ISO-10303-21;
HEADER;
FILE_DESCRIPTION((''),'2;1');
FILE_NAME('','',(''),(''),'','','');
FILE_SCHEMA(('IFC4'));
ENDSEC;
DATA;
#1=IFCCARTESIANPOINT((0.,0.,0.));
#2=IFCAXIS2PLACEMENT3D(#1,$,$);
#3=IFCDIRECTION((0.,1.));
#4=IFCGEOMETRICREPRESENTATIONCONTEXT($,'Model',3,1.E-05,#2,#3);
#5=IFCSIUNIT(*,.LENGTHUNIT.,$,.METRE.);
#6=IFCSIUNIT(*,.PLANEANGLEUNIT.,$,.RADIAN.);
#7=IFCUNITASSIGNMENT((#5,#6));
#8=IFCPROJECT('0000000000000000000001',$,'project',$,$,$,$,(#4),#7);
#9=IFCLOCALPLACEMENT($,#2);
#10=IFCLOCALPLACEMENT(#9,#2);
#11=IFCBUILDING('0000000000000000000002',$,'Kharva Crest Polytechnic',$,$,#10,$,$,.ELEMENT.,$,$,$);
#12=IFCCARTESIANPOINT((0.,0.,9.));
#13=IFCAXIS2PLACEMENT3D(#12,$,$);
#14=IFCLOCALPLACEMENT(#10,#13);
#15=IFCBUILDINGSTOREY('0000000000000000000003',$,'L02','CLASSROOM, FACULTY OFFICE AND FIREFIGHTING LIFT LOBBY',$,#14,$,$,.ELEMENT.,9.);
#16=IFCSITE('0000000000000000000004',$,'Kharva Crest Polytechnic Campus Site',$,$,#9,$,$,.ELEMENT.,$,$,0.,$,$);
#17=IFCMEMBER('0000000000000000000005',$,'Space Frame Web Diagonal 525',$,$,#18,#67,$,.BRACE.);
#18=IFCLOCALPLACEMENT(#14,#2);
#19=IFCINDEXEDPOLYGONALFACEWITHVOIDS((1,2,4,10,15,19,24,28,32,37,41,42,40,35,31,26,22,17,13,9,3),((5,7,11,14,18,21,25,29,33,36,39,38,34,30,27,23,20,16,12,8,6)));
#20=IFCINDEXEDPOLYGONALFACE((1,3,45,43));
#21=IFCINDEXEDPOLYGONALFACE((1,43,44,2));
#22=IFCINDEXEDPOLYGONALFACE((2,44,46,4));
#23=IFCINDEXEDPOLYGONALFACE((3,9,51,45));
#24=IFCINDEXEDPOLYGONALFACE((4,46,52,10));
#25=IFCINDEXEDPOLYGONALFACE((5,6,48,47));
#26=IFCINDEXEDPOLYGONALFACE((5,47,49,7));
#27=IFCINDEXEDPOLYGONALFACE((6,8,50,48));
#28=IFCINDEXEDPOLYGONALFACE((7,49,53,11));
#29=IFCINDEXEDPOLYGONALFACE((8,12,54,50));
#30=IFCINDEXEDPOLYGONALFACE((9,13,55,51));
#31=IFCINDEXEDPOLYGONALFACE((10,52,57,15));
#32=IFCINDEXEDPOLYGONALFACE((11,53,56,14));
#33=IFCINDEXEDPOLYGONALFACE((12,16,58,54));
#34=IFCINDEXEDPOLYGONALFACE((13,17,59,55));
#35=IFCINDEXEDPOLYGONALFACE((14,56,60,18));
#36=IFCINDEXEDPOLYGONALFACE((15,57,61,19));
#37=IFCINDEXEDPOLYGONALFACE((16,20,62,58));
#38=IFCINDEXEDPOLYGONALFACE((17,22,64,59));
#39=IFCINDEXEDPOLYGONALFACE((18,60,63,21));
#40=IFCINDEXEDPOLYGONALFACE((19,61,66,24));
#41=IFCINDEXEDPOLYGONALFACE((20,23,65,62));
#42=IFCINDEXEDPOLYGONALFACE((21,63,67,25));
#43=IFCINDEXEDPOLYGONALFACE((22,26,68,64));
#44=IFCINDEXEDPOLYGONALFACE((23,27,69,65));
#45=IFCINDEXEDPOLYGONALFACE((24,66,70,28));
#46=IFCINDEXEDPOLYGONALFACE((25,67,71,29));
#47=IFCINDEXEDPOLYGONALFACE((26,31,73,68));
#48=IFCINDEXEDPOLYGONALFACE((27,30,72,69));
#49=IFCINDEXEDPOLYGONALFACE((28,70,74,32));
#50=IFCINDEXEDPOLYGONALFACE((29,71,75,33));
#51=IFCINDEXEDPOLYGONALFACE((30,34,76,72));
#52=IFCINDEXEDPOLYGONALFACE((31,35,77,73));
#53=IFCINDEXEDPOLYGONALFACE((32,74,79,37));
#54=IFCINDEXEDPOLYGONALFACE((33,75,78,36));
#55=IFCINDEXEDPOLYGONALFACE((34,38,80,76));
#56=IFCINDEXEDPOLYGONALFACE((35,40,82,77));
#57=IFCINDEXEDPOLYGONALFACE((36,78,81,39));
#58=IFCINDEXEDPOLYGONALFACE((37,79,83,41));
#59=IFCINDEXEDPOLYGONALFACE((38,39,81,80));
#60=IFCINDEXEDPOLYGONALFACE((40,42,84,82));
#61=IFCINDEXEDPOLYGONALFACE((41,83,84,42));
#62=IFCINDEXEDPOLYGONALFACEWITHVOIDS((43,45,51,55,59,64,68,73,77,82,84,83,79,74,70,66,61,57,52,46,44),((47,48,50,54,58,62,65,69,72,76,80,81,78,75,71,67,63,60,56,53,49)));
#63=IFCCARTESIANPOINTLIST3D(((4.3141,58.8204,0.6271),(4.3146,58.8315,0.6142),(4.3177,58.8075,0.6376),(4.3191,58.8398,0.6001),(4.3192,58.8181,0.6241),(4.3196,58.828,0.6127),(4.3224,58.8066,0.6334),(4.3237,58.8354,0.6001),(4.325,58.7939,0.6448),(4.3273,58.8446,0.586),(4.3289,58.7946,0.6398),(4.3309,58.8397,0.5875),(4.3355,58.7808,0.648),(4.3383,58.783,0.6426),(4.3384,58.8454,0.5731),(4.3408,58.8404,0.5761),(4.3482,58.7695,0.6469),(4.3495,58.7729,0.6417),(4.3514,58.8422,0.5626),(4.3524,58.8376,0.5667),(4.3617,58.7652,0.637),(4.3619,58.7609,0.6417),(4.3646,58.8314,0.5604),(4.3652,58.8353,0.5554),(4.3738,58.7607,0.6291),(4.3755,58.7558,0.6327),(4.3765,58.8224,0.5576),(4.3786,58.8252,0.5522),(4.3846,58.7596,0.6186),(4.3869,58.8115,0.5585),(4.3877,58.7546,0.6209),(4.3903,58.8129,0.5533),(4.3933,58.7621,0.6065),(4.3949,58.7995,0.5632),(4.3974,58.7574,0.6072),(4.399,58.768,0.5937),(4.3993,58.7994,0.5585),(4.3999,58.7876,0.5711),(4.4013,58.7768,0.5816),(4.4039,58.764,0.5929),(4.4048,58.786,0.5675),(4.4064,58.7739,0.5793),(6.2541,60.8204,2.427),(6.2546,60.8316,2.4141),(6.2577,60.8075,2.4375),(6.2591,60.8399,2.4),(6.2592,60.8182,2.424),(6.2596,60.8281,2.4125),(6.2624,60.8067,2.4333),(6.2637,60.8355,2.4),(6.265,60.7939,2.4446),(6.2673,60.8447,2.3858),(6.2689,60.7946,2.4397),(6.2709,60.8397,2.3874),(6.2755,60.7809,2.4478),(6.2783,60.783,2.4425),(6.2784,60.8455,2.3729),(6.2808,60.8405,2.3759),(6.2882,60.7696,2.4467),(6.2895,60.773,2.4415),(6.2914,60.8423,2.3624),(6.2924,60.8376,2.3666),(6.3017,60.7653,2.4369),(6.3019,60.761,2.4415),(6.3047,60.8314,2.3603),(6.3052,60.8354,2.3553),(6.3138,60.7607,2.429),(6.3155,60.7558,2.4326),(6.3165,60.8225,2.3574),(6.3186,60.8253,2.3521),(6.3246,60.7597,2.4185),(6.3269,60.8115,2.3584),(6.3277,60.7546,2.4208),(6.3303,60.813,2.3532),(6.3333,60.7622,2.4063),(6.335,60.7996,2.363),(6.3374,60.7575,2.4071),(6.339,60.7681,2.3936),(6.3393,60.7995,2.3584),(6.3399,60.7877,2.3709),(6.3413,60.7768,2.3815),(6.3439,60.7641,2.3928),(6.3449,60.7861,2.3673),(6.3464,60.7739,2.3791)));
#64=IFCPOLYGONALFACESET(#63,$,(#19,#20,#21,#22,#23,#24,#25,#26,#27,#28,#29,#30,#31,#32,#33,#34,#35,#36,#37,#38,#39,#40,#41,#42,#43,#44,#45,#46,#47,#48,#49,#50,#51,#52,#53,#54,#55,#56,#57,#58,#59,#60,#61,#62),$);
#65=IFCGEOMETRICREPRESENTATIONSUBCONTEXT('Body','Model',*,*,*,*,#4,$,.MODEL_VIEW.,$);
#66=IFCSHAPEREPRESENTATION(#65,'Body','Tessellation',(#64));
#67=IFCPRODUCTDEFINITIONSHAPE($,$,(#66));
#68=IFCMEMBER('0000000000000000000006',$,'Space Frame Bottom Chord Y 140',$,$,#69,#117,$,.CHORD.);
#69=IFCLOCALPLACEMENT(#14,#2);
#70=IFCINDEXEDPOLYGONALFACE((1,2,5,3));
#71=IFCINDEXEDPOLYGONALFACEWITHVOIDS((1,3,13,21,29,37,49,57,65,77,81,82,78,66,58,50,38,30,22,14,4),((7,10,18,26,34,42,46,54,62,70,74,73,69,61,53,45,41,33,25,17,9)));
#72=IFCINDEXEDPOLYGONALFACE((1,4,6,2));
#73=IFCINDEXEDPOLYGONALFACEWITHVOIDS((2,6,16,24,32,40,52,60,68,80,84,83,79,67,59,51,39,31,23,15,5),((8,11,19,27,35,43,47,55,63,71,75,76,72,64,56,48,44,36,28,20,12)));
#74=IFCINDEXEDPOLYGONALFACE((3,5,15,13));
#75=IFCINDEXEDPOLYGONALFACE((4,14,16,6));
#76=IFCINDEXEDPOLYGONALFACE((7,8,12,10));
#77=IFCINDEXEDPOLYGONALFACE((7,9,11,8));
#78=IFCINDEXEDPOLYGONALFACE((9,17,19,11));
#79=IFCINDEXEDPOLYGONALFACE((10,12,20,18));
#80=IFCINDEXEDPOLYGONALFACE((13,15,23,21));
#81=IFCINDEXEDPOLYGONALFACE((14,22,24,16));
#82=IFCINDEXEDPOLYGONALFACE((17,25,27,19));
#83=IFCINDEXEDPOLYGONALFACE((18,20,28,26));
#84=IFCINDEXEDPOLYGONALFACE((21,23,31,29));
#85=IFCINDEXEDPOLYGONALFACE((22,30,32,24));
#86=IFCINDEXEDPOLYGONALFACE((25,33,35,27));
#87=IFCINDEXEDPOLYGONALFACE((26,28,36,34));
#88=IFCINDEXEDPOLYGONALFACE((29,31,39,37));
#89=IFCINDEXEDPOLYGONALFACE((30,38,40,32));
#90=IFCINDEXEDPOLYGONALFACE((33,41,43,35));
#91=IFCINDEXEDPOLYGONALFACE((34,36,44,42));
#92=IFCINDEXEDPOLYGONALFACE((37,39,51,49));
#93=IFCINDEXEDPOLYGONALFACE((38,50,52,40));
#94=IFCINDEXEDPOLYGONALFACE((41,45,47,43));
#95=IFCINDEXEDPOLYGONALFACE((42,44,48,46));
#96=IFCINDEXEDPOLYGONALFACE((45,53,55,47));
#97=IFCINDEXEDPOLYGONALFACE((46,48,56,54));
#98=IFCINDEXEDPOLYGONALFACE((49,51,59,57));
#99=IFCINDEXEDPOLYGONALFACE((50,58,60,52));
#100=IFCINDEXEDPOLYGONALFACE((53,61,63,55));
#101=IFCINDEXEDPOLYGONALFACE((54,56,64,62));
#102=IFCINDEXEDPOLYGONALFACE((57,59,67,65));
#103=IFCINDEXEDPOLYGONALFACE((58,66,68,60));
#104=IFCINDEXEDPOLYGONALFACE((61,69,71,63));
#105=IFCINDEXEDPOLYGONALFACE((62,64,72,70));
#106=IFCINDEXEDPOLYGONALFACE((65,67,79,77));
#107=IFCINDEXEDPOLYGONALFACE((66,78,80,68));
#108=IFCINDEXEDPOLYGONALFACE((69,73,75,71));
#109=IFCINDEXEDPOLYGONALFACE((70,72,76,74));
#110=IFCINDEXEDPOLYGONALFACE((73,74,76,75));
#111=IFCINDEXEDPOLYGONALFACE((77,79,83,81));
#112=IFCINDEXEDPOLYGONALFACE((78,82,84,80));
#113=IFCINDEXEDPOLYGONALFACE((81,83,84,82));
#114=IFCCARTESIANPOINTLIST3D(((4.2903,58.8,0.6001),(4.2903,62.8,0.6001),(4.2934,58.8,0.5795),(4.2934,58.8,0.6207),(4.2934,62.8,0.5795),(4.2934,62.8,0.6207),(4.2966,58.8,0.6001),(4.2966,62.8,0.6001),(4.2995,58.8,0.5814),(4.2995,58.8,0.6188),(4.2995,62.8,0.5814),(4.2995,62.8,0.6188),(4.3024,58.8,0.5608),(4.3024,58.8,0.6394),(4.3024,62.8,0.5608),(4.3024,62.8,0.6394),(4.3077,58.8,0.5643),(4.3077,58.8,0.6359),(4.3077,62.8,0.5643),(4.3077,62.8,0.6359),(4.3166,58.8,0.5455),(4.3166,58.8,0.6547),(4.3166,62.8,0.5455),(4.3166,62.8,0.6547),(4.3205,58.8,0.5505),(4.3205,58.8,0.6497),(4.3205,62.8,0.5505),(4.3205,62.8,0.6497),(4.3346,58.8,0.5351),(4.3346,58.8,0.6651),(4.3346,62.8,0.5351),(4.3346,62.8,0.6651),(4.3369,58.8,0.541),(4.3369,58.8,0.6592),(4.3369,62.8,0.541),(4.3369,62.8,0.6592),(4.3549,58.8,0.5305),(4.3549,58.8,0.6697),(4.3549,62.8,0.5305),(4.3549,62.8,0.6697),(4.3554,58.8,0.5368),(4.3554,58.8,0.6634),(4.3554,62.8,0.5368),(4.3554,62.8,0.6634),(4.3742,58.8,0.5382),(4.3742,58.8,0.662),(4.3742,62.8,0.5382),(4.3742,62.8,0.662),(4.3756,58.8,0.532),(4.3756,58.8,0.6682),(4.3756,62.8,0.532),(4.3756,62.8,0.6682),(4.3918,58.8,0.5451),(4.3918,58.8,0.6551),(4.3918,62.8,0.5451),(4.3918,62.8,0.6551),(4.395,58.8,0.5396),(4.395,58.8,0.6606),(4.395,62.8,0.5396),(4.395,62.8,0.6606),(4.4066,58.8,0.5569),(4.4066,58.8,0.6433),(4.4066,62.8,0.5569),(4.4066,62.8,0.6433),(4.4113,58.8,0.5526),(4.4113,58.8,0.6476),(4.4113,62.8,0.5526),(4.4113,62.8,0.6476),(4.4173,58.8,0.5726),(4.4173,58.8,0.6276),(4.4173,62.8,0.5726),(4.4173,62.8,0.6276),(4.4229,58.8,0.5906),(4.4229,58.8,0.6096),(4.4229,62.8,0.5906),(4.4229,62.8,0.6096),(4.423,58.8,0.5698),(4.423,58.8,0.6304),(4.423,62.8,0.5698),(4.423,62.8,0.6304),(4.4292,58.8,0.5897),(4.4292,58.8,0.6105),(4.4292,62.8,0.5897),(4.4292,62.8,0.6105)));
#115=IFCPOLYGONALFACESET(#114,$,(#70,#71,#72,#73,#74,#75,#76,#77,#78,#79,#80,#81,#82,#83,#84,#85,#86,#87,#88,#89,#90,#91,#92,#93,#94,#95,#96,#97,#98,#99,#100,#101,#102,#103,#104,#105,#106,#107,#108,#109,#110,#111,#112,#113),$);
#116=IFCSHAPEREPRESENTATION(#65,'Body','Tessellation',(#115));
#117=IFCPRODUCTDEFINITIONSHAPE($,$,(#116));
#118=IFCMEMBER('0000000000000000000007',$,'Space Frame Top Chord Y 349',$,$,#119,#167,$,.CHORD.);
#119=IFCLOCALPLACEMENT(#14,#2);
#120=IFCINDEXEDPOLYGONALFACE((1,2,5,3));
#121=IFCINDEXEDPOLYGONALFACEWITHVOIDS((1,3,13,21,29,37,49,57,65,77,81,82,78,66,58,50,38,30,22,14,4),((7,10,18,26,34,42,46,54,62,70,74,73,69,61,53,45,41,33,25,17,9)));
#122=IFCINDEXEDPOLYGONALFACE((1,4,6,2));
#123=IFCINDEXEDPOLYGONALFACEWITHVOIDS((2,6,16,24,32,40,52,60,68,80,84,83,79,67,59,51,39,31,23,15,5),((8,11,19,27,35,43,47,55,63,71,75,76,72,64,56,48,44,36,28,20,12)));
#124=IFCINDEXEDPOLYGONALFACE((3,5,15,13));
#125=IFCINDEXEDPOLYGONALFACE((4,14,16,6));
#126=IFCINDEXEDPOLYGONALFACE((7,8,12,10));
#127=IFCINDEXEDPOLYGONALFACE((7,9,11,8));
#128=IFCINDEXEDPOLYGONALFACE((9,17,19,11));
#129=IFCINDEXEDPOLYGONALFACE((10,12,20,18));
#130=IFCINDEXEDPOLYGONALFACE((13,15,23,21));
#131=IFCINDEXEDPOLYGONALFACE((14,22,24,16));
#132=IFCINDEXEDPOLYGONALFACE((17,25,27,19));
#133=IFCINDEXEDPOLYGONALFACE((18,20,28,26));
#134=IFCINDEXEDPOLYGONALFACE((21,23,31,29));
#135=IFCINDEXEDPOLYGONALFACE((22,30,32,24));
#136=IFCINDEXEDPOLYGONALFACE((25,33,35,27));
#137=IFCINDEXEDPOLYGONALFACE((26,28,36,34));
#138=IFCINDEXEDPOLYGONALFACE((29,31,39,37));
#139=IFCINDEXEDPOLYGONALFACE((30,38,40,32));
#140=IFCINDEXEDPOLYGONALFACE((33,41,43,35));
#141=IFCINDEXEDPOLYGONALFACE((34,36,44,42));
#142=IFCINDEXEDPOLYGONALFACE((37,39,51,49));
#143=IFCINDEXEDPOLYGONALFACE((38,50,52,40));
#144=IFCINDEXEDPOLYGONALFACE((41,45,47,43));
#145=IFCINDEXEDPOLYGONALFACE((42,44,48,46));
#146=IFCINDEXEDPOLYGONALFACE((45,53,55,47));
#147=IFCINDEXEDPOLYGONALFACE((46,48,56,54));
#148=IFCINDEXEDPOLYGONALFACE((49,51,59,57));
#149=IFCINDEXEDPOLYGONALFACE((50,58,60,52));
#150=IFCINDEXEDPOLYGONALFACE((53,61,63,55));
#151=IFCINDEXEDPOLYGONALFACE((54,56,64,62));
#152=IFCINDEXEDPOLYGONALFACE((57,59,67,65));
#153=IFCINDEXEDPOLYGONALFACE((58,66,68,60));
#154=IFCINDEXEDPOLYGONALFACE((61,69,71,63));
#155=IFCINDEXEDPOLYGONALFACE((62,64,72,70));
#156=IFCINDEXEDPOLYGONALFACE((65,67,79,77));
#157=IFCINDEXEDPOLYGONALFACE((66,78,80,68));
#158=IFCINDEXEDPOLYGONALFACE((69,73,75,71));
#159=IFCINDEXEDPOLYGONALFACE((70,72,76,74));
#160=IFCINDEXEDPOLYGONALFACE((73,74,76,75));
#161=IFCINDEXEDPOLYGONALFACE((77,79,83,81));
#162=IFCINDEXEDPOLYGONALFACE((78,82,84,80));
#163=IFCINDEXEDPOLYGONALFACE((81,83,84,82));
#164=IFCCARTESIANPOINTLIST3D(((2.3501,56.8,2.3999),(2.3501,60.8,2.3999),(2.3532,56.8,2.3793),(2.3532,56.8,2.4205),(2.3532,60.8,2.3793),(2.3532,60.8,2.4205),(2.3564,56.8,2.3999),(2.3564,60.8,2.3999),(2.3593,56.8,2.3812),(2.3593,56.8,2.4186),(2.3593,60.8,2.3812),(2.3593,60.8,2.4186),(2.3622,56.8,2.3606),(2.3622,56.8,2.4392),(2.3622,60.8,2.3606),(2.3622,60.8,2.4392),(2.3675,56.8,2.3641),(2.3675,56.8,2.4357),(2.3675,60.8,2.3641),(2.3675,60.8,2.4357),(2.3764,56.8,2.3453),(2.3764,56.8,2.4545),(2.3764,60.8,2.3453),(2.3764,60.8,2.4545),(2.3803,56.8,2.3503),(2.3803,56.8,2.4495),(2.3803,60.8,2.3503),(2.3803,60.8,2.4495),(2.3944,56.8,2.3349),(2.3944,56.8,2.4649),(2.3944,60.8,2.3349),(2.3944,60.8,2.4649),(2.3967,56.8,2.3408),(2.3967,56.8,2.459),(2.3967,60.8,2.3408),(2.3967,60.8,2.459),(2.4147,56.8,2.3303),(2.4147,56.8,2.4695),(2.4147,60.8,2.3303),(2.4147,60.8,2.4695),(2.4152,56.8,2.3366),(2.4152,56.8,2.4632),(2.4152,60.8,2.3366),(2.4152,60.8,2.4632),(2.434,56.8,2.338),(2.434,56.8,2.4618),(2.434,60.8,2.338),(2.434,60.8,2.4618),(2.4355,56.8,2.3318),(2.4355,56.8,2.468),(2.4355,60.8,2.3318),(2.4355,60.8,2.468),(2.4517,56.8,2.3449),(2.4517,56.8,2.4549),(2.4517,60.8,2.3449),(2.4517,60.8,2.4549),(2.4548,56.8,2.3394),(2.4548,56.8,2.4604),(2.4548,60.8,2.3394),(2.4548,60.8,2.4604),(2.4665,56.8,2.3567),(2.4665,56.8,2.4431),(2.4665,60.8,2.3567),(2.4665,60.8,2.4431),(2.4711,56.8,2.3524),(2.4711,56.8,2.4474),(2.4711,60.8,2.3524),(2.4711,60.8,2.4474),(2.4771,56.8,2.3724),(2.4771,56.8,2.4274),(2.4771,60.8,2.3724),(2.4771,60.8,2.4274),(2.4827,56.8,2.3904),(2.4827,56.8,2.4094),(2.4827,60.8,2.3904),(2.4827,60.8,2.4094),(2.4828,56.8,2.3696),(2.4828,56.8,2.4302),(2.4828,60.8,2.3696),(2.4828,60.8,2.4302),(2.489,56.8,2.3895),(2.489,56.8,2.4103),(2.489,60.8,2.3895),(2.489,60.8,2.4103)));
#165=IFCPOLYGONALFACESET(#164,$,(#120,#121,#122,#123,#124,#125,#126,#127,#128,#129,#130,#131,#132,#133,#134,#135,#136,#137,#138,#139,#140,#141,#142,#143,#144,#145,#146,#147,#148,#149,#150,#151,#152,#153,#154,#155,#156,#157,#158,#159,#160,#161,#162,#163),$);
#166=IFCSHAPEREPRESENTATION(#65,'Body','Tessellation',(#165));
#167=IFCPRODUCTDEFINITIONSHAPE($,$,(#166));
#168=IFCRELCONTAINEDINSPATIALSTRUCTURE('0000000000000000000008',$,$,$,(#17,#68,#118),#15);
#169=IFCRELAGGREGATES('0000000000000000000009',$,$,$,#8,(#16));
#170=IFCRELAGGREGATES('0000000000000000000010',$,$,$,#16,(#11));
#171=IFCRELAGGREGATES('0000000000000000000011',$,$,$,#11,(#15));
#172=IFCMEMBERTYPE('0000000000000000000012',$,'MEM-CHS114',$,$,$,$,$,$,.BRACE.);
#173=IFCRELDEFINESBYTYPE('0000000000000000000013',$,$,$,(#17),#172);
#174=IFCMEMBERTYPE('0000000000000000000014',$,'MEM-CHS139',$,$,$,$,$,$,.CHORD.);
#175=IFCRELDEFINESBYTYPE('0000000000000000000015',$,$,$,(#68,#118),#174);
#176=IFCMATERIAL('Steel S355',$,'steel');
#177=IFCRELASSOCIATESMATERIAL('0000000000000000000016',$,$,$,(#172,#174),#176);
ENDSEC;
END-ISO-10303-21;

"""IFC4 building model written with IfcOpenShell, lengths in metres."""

from ifc_helpers import new_model, si_unit, direction, frame, origin, origin_2d, place, context, subcontext, project, spatial, hollow_circle, extrude, material, material_profile, profile_set, type_object, element, save


model = new_model("IFC4")

# Units and contexts
model_context = context("Model", 3, precision=1e-05, world=origin(), true_north=direction((0.0, 1.0)))
body_context = subcontext(model_context, "Body", "Model", "MODEL_VIEW")
ifc_project = project(units=[si_unit("LENGTHUNIT", "METRE"), si_unit("PLANEANGLEUNIT", "RADIAN")], contexts=[model_context])

# Site, building, storey
site_placement = place(None, origin())
site = spatial("IfcSite", under=ifc_project, at=site_placement, Name="Kharva Crest Polytechnic Campus Site", CompositionType="ELEMENT", RefElevation=0.0)
building_placement = place(site_placement, origin())
building = spatial("IfcBuilding", under=site, at=building_placement, Name="Kharva Crest Polytechnic", CompositionType="ELEMENT")
storey_placement = place(building_placement, frame((0.0, 0.0, 9.0)))
storey = spatial("IfcBuildingStorey", under=building, at=storey_placement, Name="L02", Description="CLASSROOM, FACULTY OFFICE AND FIREFIGHTING LIFT LOBBY", CompositionType="ELEMENT", Elevation=9.0)

# Shared definitions
ifc_material_1 = material(Name="Steel S355", Category="steel")

# Members
ifc_material_profile_1 = material_profile(ifc_material_1, hollow_circle(Radius=0.0571, WallThickness=0.0063, at=origin_2d()), Name="CHS 114.3X6.3")
ifc_profile_set_1 = profile_set([ifc_material_profile_1], Name="Steel S355")
member_type_1 = type_object("IfcMemberType", Name="MEM-CHS114", PredefinedType="BRACE", material=ifc_profile_set_1)
for number, where, z_axis, x_axis, name in (
    (1, (4.3601, 58.8, 0.6001), (0.584843, 0.60295, 0.542596), (-0.717802, 0.696247, 0.0), "Space Frame Web Diagonal 525"),
):
    element("IfcMember", number, at=place(storey_placement, frame(where, z_axis=z_axis, x_axis=x_axis)), inside=storey, type_object=member_type_1, Name=name, PredefinedType="BRACE", context=body_context, shape_type="SweptSolid", body=[
        extrude(hollow_circle(Radius=0.0571, WallThickness=0.0063, at=origin_2d()), origin(), (0.0, 0.0, 1.0), 3.3171),
    ])
ifc_material_profile_2 = material_profile(ifc_material_1, hollow_circle(Radius=0.0698, WallThickness=0.0063, at=origin_2d()), Name="CHS 139.7X6.3")
ifc_profile_set_2 = profile_set([ifc_material_profile_2], Name="Steel S355")
member_type_2 = type_object("IfcMemberType", Name="MEM-CHS139", PredefinedType="CHORD", material=ifc_profile_set_2)
for number, where, z_axis, x_axis, name in (
    (2, (4.3601, 58.8, 0.6001), (0.0, 1.0, 0.0), (-1.0, 0.0, 0.0), "Space Frame Bottom Chord Y 140"),
    (3, (2.4199, 56.8, 2.3999), (0.0, 1.0, 0.0), (-1.0, 0.0, 0.0), "Space Frame Top Chord Y 349"),
):
    element("IfcMember", number, at=place(storey_placement, frame(where, z_axis=z_axis, x_axis=x_axis)), inside=storey, type_object=member_type_2, Name=name, PredefinedType="CHORD", context=body_context, shape_type="SweptSolid", body=[
        extrude(hollow_circle(Radius=0.0698, WallThickness=0.0063, at=origin_2d()), origin(), (0.0, 0.0, 1.0), 4.0),
    ])

save(model, "model.ifc")
